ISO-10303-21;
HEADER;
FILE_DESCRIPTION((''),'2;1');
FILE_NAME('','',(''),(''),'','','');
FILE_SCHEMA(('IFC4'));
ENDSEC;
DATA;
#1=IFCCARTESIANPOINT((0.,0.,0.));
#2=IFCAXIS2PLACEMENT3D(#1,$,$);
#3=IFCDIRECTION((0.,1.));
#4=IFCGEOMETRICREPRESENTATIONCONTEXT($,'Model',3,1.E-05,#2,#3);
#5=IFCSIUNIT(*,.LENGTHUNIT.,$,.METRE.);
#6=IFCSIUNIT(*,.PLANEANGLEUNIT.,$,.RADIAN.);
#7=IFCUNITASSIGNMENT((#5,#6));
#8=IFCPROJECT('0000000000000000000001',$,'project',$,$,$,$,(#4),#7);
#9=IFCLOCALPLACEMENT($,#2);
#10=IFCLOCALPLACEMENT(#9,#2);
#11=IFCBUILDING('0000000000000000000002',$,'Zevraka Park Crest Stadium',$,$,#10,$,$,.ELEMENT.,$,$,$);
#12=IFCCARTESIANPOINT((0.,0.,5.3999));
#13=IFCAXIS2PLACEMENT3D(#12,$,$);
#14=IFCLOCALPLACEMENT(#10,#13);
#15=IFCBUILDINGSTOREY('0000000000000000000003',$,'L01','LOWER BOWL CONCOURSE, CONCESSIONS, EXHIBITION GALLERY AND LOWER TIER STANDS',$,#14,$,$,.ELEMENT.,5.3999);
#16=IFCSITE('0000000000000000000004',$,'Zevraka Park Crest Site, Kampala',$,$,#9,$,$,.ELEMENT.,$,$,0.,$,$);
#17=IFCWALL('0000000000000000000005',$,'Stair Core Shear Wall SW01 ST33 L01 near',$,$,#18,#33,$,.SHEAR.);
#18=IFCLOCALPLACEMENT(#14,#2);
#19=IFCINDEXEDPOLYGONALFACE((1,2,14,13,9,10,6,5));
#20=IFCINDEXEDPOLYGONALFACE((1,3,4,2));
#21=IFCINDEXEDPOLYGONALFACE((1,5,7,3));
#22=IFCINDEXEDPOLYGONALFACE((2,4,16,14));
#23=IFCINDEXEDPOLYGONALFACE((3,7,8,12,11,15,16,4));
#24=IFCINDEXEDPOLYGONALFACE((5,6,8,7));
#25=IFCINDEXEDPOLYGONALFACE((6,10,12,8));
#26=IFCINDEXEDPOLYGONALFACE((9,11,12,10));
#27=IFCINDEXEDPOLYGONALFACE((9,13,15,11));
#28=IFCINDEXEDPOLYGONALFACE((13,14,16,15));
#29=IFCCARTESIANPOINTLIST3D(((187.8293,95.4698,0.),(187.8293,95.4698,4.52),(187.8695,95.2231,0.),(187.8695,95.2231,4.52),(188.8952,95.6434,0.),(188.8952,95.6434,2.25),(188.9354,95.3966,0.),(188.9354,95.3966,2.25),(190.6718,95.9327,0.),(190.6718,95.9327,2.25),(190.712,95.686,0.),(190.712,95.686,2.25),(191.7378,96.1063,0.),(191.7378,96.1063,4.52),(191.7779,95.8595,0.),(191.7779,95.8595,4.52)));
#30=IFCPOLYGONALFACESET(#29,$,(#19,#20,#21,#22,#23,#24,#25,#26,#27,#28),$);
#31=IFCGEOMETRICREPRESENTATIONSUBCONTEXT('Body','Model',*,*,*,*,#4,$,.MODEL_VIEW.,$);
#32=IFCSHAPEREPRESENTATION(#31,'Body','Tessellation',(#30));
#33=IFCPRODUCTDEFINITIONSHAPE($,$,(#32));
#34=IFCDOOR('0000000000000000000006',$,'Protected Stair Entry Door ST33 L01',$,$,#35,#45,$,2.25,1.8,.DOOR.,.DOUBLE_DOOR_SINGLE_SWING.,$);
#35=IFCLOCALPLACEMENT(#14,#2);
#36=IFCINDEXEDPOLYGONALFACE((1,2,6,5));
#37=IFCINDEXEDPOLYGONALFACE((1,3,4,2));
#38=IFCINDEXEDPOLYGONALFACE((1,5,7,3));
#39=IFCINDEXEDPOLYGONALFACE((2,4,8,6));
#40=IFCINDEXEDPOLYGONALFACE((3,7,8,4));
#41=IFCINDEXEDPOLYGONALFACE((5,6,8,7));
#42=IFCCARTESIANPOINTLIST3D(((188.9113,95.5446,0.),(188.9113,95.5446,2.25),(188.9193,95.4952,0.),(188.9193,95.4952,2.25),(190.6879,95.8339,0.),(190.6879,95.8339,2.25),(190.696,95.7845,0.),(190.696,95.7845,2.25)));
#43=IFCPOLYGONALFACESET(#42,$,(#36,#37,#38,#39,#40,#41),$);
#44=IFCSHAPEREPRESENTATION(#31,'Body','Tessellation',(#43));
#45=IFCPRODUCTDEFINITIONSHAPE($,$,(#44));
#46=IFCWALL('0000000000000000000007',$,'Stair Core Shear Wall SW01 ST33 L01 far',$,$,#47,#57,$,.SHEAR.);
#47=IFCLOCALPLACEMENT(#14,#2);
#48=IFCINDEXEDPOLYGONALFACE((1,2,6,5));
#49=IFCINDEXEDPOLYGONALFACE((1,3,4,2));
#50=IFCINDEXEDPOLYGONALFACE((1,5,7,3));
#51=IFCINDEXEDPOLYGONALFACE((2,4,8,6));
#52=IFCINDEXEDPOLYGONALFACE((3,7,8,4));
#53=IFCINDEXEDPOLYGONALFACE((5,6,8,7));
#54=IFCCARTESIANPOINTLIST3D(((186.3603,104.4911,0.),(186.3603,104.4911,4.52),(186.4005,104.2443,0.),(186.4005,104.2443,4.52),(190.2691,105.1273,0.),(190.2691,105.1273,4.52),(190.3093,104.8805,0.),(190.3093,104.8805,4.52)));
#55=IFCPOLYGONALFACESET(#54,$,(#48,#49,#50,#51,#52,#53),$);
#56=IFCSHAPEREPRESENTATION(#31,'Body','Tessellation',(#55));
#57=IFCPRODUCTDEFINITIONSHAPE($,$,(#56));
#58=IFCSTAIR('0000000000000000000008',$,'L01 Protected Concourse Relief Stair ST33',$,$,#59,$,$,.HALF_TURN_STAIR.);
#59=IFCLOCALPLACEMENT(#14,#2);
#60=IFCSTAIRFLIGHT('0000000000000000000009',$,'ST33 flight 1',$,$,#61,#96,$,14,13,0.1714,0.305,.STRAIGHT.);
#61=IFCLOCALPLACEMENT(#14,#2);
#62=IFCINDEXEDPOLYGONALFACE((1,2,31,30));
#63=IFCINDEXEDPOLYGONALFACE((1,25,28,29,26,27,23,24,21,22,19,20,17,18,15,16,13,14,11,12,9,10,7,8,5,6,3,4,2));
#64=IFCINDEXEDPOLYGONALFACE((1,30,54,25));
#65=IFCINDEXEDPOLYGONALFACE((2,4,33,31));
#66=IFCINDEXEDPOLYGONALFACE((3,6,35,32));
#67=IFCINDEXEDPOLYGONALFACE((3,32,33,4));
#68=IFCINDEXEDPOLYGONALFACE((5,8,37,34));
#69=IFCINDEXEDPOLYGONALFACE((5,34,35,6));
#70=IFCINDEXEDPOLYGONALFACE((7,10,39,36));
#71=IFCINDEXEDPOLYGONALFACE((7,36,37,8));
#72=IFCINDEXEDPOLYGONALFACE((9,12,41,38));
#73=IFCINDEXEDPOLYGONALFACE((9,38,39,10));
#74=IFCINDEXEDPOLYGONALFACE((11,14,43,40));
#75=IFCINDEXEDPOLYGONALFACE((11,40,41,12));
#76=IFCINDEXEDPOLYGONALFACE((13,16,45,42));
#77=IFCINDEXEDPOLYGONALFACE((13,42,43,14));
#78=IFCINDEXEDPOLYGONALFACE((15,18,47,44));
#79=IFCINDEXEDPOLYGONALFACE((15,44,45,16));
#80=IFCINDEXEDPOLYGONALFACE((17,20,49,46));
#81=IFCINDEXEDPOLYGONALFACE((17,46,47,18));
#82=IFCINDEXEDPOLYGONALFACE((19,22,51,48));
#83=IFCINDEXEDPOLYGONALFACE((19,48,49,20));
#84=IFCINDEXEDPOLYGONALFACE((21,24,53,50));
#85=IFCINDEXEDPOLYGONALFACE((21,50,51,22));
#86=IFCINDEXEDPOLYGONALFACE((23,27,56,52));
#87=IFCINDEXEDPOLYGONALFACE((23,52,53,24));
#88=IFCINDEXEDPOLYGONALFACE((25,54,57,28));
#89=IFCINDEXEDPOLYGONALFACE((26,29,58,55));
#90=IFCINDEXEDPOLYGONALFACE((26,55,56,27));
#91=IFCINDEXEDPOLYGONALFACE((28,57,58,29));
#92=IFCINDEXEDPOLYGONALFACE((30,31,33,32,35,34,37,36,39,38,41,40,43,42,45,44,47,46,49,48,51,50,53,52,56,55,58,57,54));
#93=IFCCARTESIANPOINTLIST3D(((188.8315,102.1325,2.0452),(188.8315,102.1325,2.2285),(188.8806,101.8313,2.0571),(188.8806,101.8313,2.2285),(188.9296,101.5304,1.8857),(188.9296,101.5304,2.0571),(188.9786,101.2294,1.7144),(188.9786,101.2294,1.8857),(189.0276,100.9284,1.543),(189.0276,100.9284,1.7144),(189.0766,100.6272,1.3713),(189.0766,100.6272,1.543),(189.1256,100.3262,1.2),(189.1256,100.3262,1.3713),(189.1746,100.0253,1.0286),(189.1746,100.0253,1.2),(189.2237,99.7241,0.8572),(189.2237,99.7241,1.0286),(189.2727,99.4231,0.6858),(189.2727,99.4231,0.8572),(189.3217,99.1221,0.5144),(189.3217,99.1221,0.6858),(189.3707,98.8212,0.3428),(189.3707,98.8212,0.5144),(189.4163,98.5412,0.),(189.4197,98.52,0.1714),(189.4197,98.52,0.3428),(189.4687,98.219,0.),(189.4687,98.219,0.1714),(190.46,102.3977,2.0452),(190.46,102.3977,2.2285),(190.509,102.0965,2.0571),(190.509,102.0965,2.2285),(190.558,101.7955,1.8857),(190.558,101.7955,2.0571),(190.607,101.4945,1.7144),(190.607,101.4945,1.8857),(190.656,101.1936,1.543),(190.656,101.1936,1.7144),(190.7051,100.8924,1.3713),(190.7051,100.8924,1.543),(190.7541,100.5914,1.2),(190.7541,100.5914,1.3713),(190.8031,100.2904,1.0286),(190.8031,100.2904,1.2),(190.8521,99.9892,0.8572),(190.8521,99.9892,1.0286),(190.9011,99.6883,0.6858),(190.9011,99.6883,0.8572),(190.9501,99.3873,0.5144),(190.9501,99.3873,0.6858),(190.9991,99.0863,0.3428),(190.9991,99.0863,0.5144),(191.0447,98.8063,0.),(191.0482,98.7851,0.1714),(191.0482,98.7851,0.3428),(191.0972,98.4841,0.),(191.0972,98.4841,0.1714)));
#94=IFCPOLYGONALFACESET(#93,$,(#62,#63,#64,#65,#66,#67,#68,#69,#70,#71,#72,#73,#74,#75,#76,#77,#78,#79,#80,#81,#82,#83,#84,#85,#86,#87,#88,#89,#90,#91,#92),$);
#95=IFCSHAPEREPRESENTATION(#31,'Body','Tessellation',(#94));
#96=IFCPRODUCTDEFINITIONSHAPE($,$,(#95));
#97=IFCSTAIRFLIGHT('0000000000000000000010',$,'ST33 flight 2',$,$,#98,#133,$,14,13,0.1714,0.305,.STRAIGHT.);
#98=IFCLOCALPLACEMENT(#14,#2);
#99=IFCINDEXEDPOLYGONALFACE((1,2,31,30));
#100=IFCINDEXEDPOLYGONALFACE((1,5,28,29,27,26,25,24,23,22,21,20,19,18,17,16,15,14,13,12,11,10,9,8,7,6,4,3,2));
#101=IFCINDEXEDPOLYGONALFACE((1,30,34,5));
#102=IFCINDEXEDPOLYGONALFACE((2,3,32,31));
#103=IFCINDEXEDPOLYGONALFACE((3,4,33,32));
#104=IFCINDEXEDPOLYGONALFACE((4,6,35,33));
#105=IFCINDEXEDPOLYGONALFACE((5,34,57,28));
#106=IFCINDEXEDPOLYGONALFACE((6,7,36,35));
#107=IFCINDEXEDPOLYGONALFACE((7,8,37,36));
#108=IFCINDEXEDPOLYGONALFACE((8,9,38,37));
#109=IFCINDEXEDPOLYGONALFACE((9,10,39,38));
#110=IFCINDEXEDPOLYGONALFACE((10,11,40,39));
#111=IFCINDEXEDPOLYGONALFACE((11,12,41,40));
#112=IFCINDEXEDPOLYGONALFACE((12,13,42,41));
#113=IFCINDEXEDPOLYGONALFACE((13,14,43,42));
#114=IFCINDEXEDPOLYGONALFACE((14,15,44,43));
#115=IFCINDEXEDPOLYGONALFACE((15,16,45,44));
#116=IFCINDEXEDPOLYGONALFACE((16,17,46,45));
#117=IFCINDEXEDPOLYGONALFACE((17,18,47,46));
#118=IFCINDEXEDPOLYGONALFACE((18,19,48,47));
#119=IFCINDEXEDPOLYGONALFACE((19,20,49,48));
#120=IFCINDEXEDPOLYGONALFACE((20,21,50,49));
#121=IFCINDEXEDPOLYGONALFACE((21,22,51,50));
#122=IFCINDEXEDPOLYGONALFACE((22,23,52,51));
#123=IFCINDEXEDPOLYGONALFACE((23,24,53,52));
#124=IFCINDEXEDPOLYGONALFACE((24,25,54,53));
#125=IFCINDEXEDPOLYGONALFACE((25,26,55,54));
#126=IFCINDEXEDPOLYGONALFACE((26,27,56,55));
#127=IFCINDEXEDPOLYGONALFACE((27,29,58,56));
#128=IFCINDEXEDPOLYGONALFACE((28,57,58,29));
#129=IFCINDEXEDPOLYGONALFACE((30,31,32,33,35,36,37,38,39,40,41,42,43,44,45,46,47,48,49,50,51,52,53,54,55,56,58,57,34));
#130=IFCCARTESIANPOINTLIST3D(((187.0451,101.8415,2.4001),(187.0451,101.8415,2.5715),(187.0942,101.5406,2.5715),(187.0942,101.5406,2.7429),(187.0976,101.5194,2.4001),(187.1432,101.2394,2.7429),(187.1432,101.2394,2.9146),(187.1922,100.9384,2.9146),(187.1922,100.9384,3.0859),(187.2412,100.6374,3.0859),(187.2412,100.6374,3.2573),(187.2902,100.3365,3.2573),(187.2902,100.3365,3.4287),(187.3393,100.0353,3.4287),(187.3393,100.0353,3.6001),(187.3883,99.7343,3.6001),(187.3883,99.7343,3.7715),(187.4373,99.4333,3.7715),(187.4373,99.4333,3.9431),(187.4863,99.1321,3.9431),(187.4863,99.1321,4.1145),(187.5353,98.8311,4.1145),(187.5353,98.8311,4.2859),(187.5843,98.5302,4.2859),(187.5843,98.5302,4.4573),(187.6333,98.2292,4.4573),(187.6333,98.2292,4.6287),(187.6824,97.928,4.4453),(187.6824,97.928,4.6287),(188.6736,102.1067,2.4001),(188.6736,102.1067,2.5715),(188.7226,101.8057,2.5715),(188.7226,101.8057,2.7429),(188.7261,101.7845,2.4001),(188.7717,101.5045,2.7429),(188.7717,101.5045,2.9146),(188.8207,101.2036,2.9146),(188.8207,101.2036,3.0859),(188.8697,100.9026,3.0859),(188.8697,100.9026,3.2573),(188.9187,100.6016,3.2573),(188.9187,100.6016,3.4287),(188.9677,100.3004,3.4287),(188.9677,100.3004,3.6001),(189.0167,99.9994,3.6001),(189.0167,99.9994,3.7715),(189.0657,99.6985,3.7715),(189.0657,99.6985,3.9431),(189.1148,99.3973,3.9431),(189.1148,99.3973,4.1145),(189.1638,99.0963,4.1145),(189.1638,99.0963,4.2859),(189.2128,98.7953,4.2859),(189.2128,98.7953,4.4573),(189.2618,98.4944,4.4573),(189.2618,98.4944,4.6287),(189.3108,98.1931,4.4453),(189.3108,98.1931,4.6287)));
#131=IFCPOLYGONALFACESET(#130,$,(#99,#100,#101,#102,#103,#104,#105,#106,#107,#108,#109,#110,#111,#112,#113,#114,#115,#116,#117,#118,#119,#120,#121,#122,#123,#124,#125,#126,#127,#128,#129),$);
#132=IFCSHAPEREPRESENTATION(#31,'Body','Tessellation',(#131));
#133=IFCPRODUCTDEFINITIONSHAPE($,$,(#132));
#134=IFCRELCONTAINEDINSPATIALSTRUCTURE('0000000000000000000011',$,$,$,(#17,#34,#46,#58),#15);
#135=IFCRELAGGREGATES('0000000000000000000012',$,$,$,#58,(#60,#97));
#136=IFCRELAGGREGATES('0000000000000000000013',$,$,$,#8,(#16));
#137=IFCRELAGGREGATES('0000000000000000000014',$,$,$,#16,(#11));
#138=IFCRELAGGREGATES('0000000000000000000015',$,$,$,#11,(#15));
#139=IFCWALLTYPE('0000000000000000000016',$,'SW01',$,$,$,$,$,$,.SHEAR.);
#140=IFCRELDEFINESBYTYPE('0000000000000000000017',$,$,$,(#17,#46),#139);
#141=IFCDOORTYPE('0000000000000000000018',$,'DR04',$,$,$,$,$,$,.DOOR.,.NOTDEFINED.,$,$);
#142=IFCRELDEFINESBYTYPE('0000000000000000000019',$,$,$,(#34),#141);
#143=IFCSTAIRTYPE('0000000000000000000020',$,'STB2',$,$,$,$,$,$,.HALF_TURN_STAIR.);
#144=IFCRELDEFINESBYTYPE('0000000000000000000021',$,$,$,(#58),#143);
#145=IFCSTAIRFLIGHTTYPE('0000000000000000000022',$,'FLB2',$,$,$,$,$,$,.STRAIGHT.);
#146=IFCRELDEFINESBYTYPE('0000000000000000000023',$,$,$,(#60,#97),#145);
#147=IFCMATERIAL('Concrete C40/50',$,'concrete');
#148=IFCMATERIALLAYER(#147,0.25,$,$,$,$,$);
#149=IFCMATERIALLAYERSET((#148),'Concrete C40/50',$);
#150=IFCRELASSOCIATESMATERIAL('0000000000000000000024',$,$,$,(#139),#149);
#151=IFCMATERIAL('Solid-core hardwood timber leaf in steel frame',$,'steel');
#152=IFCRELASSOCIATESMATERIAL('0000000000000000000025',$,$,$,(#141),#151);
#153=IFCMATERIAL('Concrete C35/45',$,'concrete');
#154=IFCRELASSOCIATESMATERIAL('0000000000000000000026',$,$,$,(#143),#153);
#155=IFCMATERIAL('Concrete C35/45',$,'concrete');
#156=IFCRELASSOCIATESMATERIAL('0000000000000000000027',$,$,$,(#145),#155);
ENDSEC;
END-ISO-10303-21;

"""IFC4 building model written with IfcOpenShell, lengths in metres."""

from ifc_helpers import new_model, si_unit, direction, frame, frame_2d, origin, place, context, subcontext, project, spatial, polyline, rectangle, outline, extrude, material, layer, layer_set, type_object, element, fill, aggregate, save


model = new_model("IFC4")

# Units and contexts
model_context = context("Model", 3, precision=1e-05, world=origin(), true_north=direction((0.0, 1.0)))
body_context = subcontext(model_context, "Body", "Model", "MODEL_VIEW")
ifc_project = project(units=[si_unit("LENGTHUNIT", "METRE"), si_unit("PLANEANGLEUNIT", "RADIAN")], contexts=[model_context])

# Site, building, storey
site_placement = place(None, origin())
site = spatial("IfcSite", under=ifc_project, at=site_placement, Name="Zevraka Park Crest Site, Kampala", CompositionType="ELEMENT", RefElevation=0.0)
building_placement = place(site_placement, origin())
building = spatial("IfcBuilding", under=site, at=building_placement, Name="Zevraka Park Crest Stadium", CompositionType="ELEMENT")
storey_placement = place(building_placement, frame((0.0, 0.0, 5.3999)))
storey = spatial("IfcBuildingStorey", under=building, at=storey_placement, Name="L01", Description="LOWER BOWL CONCOURSE, CONCESSIONS, EXHIBITION GALLERY AND LOWER TIER STANDS", CompositionType="ELEMENT", Elevation=5.3999)

# Shared definitions
ifc_material_1 = material(Name="Concrete C40/50", Category="concrete")
ifc_layer_1 = layer(ifc_material_1, 0.25)
ifc_layer_set_1 = layer_set([ifc_layer_1], Name="Concrete C40/50")
wall_type_1 = type_object("IfcWallType", Name="SW01", PredefinedType="SHEAR", material=ifc_layer_set_1)

# Wall, opening, door
wall_1_placement = place(storey_placement, frame((187.8494, 95.3464, 0.0), z_axis=(0.0, 0.0, 1.0), x_axis=(0.986999, 0.160729, 0.0)))
wall_1 = element("IfcWall", 1, at=wall_1_placement, inside=storey, type_object=wall_type_1, Name="Stair Core Shear Wall SW01 ST33 L01 near", PredefinedType="SHEAR", context=body_context, shape_type="SweptSolid", body=[
    extrude(rectangle(XDim=3.96, YDim=0.25, at=frame_2d((1.98, 0.0))), origin(), (0.0, 0.0, 1.0), 4.52),
])
opening_1_placement = place(wall_1_placement, frame((1.0801, 0.0, 0.0)))
opening_1 = element("IfcOpeningElement", 2, at=opening_1_placement, cuts=wall_1, PredefinedType="OPENING", context=body_context, shape_type="SweptSolid", body=[
    extrude(rectangle(XDim=1.8, YDim=2.25, at=frame_2d((0.8999, 1.125))), frame((0.0, 0.135, 0.0), z_axis=(0.0, -1.0, 0.0), x_axis=(1.0, 0.0, 0.0)), (0.0, 0.0, 1.0), 0.27),
])
ifc_material_2 = material(Name="Solid-core hardwood timber leaf in steel frame", Category="steel")
door_type_1 = type_object("IfcDoorType", Name="DR04", OperationType="NOTDEFINED", PredefinedType="DOOR", material=ifc_material_2)
door_1_placement = place(opening_1_placement, origin())
door_1 = element("IfcDoor", 3, at=door_1_placement, inside=storey, type_object=door_type_1, Name="Protected Stair Entry Door ST33 L01", OperationType="DOUBLE_DOOR_SINGLE_SWING", OverallHeight=2.25, OverallWidth=1.8, PredefinedType="DOOR", context=body_context, shape_type="SweptSolid", body=[
    extrude(rectangle(XDim=1.8, YDim=2.25, at=frame_2d((0.8999, 1.125))), frame((0.0, 0.0249, 0.0), z_axis=(0.0, -1.0, 0.0), x_axis=(1.0, 0.0, 0.0)), (0.0, 0.0, 1.0), 0.05),
])
fill(opening_1, door_1)

# Wall
wall_2_placement = place(storey_placement, frame((190.2891, 105.0039, 0.0), z_axis=(0.0, 0.0, 1.0), x_axis=(-0.98701, -0.160659, 0.0)))
element("IfcWall", 4, at=wall_2_placement, inside=storey, type_object=wall_type_1, Name="Stair Core Shear Wall SW01 ST33 L01 far", PredefinedType="SHEAR", context=body_context, shape_type="SweptSolid", body=[
    extrude(rectangle(XDim=3.9602, YDim=0.25, at=frame_2d((1.98, 0.0))), origin(), (0.0, 0.0, 1.0), 4.52),
])

# Stair, stair flights
ifc_material_3 = material(Name="Concrete C35/45", Category="concrete")
stair_type = type_object("IfcStairType", Name="STB2", PredefinedType="HALF_TURN_STAIR", material=ifc_material_3)
stair_placement = place(storey_placement, origin())
stair = element("IfcStair", 5, at=stair_placement, inside=storey, type_object=stair_type, Name="L01 Protected Concourse Relief Stair ST33", PredefinedType="HALF_TURN_STAIR")
ifc_material_4 = material(Name="Concrete C35/45", Category="concrete")
stair_flight_type = type_object("IfcStairFlightType", Name="FLB2", PredefinedType="STRAIGHT", material=ifc_material_4)
stair_flight_1_placement = place(storey_placement, frame((190.283, 98.3516, 0.0), z_axis=(0.0, 0.0, 1.0), x_axis=(-0.160706, 0.987002, 0.0)))
stair_flight_1 = element("IfcStairFlight", 6, at=stair_flight_1_placement, type_object=stair_flight_type, Name="ST33 flight 1", NumberOfRisers=14, NumberOfTreads=13, PredefinedType="STRAIGHT", RiserHeight=0.1714, TreadLength=0.305, context=body_context, shape_type="SweptSolid", body=[
    extrude(outline(polyline([(0.0, 0.0), (0.0, 0.1714), (0.3049, 0.1714), (0.3049, 0.3428), (0.6101, 0.3428), (0.6101, 0.5144), (0.915, 0.5144), (0.915, 0.6858), (1.22, 0.6858), (1.22, 0.8572), (1.5249, 0.8572), (1.5249, 1.0286), (1.8301, 1.0286), (1.8301, 1.2), (2.135, 1.2), (2.135, 1.3713), (2.4399, 1.3713), (2.4399, 1.543), (2.7451, 1.543), (2.7451, 1.7144), (3.05, 1.7144), (3.05, 1.8857), (3.355, 1.8857), (3.355, 2.0571), (3.6599, 2.0571), (3.6599, 2.2285), (3.9651, 2.2285), (3.9651, 2.3999), (3.9651, 2.0452), (0.3264, 0.0), (0.0, 0.0)])), frame((0.0, 0.825, 0.0), z_axis=(0.0, -1.0, 0.0), x_axis=(1.0, 0.0, 0.0)), (0.0, 0.0, 1.0), 1.6499),
])
stair_flight_2_placement = place(storey_placement, frame((187.8594, 101.9741, 2.4001), z_axis=(0.0, 0.0, 1.0), x_axis=(0.160706, -0.987002, 0.0)))
stair_flight_2 = element("IfcStairFlight", 7, at=stair_flight_2_placement, type_object=stair_flight_type, Name="ST33 flight 2", NumberOfRisers=14, NumberOfTreads=13, PredefinedType="STRAIGHT", RiserHeight=0.1714, TreadLength=0.305, context=body_context, shape_type="SweptSolid", body=[
    extrude(outline(polyline([(0.0, 0.0), (0.0, 0.1714), (0.3049, 0.1714), (0.3049, 0.3428), (0.6101, 0.3428), (0.6101, 0.5144), (0.915, 0.5144), (0.915, 0.6858), (1.22, 0.6858), (1.22, 0.8572), (1.5249, 0.8572), (1.5249, 1.0286), (1.8301, 1.0286), (1.8301, 1.2), (2.135, 1.2), (2.135, 1.3713), (2.4399, 1.3713), (2.4399, 1.543), (2.7451, 1.543), (2.7451, 1.7144), (3.05, 1.7144), (3.05, 1.8857), (3.355, 1.8857), (3.355, 2.0571), (3.6599, 2.0571), (3.6599, 2.2285), (3.9651, 2.2285), (3.9651, 2.3999), (3.9651, 2.0452), (0.3264, 0.0), (0.0, 0.0)])), frame((0.0, 0.825, 0.0), z_axis=(0.0, -1.0, 0.0), x_axis=(1.0, 0.0, 0.0)), (0.0, 0.0, 1.0), 1.6499),
])
aggregate(stair, [stair_flight_1, stair_flight_2])

save(model, "model.ifc")
